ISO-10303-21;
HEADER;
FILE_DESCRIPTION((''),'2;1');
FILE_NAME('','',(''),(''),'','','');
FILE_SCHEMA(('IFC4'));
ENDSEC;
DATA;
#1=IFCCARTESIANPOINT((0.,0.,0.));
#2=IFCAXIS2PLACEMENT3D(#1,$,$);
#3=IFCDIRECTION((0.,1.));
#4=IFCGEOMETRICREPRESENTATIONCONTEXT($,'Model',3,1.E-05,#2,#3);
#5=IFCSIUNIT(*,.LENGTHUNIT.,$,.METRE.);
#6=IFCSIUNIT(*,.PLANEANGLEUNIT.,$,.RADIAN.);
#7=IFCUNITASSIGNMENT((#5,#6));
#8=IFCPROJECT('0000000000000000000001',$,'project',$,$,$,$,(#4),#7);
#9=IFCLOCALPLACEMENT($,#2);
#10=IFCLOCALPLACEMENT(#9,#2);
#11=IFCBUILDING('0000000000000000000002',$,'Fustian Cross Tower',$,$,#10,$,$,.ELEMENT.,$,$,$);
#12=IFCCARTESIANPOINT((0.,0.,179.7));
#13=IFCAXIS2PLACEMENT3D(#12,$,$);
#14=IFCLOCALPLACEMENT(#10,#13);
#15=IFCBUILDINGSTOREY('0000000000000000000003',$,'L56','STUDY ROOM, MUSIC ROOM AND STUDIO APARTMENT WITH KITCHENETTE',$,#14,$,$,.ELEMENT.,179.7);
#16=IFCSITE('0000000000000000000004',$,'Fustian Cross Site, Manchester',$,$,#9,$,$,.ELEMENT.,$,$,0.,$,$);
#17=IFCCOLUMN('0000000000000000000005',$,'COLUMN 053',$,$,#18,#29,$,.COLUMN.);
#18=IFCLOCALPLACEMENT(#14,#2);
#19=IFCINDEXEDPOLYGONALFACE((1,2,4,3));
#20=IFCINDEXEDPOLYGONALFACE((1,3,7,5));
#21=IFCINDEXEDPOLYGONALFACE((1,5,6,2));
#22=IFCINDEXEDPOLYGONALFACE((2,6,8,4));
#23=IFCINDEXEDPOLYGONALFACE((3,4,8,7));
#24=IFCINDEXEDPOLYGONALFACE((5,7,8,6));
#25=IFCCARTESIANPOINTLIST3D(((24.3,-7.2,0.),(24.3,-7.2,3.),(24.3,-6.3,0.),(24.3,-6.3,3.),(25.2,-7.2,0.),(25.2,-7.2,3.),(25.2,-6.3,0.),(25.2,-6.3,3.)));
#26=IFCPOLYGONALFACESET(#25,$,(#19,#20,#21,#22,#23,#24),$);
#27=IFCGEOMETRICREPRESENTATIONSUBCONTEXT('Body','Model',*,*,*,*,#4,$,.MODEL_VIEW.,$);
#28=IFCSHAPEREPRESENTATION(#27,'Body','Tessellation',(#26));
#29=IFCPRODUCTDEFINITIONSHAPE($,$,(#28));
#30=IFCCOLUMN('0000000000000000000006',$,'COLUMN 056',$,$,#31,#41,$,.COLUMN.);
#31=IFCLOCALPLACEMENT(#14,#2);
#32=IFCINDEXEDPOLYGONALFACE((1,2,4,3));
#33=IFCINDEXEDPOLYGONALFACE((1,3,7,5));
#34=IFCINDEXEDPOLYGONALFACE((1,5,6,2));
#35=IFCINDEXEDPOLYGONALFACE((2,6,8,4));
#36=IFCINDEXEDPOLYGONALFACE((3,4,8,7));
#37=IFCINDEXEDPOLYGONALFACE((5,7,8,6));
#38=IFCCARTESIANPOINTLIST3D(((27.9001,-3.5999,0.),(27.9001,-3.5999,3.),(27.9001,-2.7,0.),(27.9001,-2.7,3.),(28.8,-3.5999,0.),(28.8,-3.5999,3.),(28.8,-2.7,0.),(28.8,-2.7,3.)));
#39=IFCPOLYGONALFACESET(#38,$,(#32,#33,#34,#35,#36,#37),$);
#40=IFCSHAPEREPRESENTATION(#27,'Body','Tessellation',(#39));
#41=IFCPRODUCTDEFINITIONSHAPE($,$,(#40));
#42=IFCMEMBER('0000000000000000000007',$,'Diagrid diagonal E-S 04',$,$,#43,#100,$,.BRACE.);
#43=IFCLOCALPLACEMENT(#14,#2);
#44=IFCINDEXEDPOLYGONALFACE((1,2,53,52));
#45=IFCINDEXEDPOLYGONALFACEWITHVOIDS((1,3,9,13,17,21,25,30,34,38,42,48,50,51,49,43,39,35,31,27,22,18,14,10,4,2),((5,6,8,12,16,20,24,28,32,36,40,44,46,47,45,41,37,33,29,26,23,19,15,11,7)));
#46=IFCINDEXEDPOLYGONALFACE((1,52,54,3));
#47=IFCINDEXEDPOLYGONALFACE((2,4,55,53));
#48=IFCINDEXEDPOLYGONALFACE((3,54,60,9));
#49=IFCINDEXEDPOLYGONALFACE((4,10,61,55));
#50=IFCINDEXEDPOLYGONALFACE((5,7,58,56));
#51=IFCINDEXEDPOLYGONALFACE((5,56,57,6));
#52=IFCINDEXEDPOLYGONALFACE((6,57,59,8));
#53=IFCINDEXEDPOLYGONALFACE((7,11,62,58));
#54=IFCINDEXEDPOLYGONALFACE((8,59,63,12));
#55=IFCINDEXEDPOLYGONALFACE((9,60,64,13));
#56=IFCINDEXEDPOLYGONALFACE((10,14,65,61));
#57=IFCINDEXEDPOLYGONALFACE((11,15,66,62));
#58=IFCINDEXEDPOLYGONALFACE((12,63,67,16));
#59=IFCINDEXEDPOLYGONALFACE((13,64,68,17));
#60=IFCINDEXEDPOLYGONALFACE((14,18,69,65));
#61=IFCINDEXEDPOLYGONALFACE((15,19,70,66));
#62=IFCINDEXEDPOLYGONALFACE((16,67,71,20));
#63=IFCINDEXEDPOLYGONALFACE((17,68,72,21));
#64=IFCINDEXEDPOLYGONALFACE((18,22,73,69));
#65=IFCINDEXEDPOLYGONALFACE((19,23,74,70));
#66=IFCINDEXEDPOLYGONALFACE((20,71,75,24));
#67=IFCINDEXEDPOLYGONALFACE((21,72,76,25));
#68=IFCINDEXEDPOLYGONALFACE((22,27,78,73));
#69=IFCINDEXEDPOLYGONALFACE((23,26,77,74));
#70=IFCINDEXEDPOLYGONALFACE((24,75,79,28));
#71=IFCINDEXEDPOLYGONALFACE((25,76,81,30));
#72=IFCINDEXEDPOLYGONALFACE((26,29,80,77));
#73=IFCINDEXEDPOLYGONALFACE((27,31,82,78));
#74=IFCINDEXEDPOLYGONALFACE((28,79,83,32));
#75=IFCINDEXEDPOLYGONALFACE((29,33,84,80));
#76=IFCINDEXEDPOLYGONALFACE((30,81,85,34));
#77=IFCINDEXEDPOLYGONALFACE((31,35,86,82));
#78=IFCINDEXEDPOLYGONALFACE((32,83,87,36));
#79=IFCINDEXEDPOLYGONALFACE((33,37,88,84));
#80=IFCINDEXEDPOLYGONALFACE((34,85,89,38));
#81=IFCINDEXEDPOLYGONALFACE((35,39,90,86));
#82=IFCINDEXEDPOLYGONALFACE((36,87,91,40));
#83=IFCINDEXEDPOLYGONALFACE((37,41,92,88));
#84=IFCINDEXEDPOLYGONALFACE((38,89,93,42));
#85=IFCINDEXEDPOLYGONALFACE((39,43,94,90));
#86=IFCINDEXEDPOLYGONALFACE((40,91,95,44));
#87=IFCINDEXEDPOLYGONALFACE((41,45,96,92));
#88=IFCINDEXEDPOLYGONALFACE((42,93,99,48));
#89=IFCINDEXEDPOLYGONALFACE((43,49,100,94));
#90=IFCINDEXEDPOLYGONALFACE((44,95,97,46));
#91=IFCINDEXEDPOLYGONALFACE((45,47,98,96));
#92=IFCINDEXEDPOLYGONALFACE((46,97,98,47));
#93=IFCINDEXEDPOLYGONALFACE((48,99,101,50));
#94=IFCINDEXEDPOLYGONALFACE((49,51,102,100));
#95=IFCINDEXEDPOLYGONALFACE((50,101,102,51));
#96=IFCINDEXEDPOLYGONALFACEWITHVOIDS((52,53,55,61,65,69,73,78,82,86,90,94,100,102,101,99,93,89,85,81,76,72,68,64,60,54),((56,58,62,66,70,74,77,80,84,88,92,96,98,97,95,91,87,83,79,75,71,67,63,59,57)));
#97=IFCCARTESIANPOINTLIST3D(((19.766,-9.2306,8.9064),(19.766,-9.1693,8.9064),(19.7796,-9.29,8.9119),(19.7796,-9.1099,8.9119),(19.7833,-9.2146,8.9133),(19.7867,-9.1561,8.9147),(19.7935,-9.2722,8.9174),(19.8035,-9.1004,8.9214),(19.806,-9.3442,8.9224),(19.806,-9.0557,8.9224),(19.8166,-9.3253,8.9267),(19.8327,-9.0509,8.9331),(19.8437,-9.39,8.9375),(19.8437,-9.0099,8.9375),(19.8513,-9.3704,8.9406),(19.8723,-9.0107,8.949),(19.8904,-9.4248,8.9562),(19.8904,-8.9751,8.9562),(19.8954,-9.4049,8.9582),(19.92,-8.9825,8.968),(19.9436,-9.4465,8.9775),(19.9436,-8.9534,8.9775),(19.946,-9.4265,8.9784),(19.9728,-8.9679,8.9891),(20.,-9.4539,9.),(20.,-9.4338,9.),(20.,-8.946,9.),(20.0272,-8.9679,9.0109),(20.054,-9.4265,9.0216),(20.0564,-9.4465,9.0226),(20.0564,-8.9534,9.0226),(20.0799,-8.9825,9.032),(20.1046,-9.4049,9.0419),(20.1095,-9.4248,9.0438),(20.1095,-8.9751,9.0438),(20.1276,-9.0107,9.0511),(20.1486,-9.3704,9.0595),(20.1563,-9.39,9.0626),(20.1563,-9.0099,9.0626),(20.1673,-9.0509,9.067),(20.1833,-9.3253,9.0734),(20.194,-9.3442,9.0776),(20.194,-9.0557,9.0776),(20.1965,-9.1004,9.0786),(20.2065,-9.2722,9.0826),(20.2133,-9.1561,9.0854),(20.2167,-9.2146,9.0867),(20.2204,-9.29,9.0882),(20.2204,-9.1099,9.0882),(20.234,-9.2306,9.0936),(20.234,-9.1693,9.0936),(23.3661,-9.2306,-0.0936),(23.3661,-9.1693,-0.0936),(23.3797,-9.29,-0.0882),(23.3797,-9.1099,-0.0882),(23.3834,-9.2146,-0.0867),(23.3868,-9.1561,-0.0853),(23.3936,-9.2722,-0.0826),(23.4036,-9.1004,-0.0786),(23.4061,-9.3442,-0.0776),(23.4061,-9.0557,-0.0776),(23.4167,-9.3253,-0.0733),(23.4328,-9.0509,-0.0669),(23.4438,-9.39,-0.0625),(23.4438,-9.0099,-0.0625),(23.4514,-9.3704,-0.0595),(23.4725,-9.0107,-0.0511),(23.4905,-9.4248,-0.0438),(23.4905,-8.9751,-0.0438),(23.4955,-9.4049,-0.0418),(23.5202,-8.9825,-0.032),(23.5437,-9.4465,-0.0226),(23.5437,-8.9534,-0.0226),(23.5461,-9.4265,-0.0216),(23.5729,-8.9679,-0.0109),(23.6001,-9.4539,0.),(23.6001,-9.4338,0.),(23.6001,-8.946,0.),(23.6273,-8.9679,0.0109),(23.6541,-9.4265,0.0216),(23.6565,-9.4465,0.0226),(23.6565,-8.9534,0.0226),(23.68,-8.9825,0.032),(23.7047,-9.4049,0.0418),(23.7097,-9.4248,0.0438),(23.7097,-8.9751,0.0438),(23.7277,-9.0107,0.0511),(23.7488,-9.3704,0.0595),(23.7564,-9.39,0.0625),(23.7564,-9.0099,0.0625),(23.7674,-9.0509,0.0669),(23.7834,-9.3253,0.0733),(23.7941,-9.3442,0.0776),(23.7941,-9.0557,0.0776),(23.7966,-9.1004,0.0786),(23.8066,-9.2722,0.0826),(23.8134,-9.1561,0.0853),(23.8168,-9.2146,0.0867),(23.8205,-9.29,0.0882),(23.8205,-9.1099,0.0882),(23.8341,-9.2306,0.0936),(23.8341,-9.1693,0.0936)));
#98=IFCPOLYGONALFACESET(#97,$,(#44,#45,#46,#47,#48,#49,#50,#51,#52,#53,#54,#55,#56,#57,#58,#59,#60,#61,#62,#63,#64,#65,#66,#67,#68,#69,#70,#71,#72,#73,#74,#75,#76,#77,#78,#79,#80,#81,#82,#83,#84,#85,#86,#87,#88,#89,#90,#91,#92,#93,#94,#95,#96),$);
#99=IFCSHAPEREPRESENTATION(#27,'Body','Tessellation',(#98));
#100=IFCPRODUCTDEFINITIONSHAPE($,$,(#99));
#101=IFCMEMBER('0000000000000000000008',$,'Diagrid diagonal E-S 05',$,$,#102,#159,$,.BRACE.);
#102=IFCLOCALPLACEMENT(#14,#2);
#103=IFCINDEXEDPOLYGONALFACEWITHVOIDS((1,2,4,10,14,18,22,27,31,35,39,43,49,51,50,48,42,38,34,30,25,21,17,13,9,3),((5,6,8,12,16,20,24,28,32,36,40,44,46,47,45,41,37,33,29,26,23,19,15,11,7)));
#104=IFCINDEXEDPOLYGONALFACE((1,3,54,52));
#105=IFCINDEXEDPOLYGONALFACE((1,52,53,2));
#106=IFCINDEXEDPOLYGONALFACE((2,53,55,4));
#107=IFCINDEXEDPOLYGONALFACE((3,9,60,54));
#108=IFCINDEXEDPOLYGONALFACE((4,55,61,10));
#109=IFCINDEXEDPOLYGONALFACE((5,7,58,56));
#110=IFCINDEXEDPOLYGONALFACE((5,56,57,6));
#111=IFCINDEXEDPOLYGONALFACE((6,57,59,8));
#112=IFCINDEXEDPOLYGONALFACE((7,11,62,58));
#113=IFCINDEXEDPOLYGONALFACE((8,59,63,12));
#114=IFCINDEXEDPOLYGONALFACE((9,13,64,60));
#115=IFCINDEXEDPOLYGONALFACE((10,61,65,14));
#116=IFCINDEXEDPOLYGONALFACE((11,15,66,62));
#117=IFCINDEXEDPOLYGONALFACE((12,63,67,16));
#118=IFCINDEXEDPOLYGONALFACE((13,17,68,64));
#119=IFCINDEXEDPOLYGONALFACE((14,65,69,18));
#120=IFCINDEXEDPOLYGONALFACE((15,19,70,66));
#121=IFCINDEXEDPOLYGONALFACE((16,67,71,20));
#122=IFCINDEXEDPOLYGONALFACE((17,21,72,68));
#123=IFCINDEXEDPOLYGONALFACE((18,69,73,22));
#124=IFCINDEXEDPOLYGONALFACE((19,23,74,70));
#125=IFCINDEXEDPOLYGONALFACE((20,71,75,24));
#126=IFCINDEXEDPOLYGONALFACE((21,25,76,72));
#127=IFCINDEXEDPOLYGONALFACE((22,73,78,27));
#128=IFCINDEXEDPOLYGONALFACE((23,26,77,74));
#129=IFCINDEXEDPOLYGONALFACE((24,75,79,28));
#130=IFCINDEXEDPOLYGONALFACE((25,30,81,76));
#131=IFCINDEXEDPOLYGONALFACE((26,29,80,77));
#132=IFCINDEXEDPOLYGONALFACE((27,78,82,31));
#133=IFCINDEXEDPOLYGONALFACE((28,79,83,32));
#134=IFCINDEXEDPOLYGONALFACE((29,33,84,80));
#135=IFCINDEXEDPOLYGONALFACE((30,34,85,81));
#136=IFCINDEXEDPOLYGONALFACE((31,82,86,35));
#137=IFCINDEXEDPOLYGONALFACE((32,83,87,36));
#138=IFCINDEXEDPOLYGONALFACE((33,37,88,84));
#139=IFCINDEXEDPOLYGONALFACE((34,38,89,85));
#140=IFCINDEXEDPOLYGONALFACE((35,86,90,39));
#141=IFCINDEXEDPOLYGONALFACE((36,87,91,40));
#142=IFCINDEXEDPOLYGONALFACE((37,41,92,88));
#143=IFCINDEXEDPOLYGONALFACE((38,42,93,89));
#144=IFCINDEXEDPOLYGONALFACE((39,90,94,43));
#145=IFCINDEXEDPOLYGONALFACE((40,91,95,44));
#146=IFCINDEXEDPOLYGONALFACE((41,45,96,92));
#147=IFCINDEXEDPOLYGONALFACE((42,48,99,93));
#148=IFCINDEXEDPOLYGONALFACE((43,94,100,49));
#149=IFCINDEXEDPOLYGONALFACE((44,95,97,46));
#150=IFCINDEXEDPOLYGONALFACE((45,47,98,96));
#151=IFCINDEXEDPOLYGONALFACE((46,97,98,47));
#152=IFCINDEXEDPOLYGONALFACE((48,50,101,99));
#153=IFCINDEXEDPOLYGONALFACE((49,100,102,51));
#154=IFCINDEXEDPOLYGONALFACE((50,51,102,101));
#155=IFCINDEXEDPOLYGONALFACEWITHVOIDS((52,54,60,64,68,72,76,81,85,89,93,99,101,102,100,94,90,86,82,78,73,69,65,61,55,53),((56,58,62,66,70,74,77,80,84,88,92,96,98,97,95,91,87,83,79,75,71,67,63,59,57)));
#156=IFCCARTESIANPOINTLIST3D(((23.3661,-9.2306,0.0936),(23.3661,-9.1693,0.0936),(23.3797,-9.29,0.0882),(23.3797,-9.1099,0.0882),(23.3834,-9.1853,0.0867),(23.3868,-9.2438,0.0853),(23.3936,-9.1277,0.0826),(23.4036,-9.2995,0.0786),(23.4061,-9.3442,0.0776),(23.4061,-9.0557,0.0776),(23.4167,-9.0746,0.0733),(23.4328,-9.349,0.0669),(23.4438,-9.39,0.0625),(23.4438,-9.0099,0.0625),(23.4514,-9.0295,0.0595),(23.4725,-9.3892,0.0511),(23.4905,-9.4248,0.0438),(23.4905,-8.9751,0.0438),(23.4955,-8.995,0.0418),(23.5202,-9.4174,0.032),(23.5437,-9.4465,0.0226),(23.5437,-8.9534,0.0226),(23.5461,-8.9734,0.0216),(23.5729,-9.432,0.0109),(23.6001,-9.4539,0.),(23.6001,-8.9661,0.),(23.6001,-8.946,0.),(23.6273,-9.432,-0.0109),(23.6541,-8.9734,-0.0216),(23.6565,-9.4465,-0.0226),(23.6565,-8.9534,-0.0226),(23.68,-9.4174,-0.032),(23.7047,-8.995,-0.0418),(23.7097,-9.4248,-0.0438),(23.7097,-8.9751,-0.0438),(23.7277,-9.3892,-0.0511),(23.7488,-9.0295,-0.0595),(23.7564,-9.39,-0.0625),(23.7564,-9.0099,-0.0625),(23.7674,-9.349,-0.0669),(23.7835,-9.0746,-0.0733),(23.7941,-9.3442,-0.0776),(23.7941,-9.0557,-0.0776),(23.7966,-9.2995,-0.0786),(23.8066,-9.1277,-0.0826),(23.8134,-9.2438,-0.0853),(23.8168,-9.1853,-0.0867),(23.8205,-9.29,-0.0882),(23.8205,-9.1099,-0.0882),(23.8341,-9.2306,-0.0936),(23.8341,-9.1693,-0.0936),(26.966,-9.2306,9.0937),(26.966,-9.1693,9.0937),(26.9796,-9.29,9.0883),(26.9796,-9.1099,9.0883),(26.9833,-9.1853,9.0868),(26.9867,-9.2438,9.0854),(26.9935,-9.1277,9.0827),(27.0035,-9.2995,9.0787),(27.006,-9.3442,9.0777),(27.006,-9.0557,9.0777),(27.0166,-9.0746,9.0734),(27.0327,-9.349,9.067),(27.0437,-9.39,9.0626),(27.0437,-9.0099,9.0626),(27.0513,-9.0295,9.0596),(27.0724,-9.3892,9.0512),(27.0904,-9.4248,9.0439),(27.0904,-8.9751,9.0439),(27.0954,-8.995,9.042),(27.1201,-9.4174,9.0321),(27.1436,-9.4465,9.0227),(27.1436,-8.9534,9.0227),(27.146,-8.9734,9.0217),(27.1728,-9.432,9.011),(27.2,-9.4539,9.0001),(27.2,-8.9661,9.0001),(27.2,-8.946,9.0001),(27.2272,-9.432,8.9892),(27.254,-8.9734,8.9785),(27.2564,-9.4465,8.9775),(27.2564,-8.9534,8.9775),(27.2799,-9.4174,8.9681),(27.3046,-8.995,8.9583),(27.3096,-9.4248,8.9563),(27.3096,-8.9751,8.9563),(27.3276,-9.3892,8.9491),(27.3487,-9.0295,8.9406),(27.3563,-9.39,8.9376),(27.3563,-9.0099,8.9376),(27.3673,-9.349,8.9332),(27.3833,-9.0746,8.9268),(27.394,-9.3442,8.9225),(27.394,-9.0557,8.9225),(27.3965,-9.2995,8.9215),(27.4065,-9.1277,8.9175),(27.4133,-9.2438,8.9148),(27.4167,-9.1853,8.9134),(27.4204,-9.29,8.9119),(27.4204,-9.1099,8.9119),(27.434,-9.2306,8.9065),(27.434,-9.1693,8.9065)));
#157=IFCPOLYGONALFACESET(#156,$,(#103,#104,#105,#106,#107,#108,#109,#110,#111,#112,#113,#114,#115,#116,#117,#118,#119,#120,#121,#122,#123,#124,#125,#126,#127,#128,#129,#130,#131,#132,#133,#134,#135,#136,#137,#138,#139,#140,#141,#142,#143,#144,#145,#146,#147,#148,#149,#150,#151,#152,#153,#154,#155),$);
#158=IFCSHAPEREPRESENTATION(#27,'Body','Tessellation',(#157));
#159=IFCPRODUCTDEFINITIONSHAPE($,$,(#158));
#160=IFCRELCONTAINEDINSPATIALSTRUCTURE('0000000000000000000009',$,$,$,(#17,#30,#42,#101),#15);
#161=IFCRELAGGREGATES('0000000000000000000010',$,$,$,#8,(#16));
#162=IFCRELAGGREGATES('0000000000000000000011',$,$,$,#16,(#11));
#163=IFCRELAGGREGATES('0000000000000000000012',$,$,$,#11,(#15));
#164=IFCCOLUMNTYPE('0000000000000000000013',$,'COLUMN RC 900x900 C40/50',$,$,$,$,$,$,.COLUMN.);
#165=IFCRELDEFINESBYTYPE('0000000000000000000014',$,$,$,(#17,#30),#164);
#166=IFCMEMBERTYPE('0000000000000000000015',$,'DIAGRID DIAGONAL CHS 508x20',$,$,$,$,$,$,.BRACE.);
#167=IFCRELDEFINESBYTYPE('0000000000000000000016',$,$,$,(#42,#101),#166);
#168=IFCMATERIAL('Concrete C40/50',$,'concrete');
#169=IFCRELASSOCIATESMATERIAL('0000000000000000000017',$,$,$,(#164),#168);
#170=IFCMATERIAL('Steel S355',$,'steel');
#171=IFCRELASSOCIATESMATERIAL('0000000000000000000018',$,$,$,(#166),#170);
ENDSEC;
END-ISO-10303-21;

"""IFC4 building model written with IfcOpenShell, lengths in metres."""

from ifc_helpers import new_model, si_unit, direction, frame, origin, origin_2d, place, context, subcontext, project, spatial, rectangle, hollow_circle, extrude, material, material_profile, profile_set, type_object, element, save


model = new_model("IFC4")

# Units and contexts
model_context = context("Model", 3, precision=1e-05, world=origin(), true_north=direction((0.0, 1.0)))
body_context = subcontext(model_context, "Body", "Model", "MODEL_VIEW")
ifc_project = project(units=[si_unit("LENGTHUNIT", "METRE"), si_unit("PLANEANGLEUNIT", "RADIAN")], contexts=[model_context])

# Site, building, storey
site_placement = place(None, origin())
site = spatial("IfcSite", under=ifc_project, at=site_placement, Name="Fustian Cross Site, Manchester", CompositionType="ELEMENT", RefElevation=0.0)
building_placement = place(site_placement, origin())
building = spatial("IfcBuilding", under=site, at=building_placement, Name="Fustian Cross Tower", CompositionType="ELEMENT")
storey_placement = place(building_placement, frame((0.0, 0.0, 179.7)))
storey = spatial("IfcBuildingStorey", under=building, at=storey_placement, Name="L56", Description="STUDY ROOM, MUSIC ROOM AND STUDIO APARTMENT WITH KITCHENETTE", CompositionType="ELEMENT", Elevation=179.7)

# Columns
ifc_material_1 = material(Name="Concrete C40/50", Category="concrete")
ifc_material_profile_1 = material_profile(ifc_material_1, rectangle(XDim=0.8999, YDim=0.8999, at=origin_2d()), Name="RC 900x900")
ifc_profile_set_1 = profile_set([ifc_material_profile_1], Name="Concrete C40/50")
column_type = type_object("IfcColumnType", Name="COLUMN RC 900x900 C40/50", PredefinedType="COLUMN", material=ifc_profile_set_1)
for number, where, z_axis, x_axis, name in (
    (1, (24.75, -6.75, 0.0), (0.0, 0.0, 1.0), (1.0, 0.0, 0.0), "COLUMN 053"),
    (2, (28.3501, -3.1499, 0.0), (0.0, 0.0, 1.0), (1.0, 0.0, 0.0), "COLUMN 056"),
):
    element("IfcColumn", number, at=place(storey_placement, frame(where, z_axis=z_axis, x_axis=x_axis)), inside=storey, type_object=column_type, Name=name, PredefinedType="COLUMN", context=body_context, shape_type="SweptSolid", body=[
        extrude(rectangle(XDim=0.8999, YDim=0.8999, at=origin_2d()), origin(), (0.0, 0.0, 1.0), 3.0),
    ])

# Members
ifc_material_2 = material(Name="Steel S355", Category="steel")
ifc_material_profile_2 = material_profile(ifc_material_2, hollow_circle(Radius=0.2539, WallThickness=0.02, at=origin_2d()), Name="CHS 508x20")
ifc_profile_set_2 = profile_set([ifc_material_profile_2], Name="Steel S355")
member_type_1 = type_object("IfcMemberType", Name="DIAGRID DIAGONAL CHS 508x20", PredefinedType="BRACE", material=ifc_profile_set_2)
for number, where, z_axis, x_axis, name in (
    (3, (23.6001, -9.2, 0.0), (-0.371399, 0.0, 0.928473), (0.0, -1.0, 0.0), "Diagrid diagonal E-S 04"),
    (4, (23.6001, -9.2, 0.0), (0.371378, 0.0, 0.928482), (0.0, 1.0, 0.0), "Diagrid diagonal E-S 05"),
):
    element("IfcMember", number, at=place(storey_placement, frame(where, z_axis=z_axis, x_axis=x_axis)), inside=storey, type_object=member_type_1, Name=name, PredefinedType="BRACE", context=body_context, shape_type="SweptSolid", body=[
        extrude(hollow_circle(Radius=0.2539, WallThickness=0.02, at=origin_2d()), origin(), (0.0, 0.0, 1.0), 9.6934),
    ])

save(model, "model.ifc")
